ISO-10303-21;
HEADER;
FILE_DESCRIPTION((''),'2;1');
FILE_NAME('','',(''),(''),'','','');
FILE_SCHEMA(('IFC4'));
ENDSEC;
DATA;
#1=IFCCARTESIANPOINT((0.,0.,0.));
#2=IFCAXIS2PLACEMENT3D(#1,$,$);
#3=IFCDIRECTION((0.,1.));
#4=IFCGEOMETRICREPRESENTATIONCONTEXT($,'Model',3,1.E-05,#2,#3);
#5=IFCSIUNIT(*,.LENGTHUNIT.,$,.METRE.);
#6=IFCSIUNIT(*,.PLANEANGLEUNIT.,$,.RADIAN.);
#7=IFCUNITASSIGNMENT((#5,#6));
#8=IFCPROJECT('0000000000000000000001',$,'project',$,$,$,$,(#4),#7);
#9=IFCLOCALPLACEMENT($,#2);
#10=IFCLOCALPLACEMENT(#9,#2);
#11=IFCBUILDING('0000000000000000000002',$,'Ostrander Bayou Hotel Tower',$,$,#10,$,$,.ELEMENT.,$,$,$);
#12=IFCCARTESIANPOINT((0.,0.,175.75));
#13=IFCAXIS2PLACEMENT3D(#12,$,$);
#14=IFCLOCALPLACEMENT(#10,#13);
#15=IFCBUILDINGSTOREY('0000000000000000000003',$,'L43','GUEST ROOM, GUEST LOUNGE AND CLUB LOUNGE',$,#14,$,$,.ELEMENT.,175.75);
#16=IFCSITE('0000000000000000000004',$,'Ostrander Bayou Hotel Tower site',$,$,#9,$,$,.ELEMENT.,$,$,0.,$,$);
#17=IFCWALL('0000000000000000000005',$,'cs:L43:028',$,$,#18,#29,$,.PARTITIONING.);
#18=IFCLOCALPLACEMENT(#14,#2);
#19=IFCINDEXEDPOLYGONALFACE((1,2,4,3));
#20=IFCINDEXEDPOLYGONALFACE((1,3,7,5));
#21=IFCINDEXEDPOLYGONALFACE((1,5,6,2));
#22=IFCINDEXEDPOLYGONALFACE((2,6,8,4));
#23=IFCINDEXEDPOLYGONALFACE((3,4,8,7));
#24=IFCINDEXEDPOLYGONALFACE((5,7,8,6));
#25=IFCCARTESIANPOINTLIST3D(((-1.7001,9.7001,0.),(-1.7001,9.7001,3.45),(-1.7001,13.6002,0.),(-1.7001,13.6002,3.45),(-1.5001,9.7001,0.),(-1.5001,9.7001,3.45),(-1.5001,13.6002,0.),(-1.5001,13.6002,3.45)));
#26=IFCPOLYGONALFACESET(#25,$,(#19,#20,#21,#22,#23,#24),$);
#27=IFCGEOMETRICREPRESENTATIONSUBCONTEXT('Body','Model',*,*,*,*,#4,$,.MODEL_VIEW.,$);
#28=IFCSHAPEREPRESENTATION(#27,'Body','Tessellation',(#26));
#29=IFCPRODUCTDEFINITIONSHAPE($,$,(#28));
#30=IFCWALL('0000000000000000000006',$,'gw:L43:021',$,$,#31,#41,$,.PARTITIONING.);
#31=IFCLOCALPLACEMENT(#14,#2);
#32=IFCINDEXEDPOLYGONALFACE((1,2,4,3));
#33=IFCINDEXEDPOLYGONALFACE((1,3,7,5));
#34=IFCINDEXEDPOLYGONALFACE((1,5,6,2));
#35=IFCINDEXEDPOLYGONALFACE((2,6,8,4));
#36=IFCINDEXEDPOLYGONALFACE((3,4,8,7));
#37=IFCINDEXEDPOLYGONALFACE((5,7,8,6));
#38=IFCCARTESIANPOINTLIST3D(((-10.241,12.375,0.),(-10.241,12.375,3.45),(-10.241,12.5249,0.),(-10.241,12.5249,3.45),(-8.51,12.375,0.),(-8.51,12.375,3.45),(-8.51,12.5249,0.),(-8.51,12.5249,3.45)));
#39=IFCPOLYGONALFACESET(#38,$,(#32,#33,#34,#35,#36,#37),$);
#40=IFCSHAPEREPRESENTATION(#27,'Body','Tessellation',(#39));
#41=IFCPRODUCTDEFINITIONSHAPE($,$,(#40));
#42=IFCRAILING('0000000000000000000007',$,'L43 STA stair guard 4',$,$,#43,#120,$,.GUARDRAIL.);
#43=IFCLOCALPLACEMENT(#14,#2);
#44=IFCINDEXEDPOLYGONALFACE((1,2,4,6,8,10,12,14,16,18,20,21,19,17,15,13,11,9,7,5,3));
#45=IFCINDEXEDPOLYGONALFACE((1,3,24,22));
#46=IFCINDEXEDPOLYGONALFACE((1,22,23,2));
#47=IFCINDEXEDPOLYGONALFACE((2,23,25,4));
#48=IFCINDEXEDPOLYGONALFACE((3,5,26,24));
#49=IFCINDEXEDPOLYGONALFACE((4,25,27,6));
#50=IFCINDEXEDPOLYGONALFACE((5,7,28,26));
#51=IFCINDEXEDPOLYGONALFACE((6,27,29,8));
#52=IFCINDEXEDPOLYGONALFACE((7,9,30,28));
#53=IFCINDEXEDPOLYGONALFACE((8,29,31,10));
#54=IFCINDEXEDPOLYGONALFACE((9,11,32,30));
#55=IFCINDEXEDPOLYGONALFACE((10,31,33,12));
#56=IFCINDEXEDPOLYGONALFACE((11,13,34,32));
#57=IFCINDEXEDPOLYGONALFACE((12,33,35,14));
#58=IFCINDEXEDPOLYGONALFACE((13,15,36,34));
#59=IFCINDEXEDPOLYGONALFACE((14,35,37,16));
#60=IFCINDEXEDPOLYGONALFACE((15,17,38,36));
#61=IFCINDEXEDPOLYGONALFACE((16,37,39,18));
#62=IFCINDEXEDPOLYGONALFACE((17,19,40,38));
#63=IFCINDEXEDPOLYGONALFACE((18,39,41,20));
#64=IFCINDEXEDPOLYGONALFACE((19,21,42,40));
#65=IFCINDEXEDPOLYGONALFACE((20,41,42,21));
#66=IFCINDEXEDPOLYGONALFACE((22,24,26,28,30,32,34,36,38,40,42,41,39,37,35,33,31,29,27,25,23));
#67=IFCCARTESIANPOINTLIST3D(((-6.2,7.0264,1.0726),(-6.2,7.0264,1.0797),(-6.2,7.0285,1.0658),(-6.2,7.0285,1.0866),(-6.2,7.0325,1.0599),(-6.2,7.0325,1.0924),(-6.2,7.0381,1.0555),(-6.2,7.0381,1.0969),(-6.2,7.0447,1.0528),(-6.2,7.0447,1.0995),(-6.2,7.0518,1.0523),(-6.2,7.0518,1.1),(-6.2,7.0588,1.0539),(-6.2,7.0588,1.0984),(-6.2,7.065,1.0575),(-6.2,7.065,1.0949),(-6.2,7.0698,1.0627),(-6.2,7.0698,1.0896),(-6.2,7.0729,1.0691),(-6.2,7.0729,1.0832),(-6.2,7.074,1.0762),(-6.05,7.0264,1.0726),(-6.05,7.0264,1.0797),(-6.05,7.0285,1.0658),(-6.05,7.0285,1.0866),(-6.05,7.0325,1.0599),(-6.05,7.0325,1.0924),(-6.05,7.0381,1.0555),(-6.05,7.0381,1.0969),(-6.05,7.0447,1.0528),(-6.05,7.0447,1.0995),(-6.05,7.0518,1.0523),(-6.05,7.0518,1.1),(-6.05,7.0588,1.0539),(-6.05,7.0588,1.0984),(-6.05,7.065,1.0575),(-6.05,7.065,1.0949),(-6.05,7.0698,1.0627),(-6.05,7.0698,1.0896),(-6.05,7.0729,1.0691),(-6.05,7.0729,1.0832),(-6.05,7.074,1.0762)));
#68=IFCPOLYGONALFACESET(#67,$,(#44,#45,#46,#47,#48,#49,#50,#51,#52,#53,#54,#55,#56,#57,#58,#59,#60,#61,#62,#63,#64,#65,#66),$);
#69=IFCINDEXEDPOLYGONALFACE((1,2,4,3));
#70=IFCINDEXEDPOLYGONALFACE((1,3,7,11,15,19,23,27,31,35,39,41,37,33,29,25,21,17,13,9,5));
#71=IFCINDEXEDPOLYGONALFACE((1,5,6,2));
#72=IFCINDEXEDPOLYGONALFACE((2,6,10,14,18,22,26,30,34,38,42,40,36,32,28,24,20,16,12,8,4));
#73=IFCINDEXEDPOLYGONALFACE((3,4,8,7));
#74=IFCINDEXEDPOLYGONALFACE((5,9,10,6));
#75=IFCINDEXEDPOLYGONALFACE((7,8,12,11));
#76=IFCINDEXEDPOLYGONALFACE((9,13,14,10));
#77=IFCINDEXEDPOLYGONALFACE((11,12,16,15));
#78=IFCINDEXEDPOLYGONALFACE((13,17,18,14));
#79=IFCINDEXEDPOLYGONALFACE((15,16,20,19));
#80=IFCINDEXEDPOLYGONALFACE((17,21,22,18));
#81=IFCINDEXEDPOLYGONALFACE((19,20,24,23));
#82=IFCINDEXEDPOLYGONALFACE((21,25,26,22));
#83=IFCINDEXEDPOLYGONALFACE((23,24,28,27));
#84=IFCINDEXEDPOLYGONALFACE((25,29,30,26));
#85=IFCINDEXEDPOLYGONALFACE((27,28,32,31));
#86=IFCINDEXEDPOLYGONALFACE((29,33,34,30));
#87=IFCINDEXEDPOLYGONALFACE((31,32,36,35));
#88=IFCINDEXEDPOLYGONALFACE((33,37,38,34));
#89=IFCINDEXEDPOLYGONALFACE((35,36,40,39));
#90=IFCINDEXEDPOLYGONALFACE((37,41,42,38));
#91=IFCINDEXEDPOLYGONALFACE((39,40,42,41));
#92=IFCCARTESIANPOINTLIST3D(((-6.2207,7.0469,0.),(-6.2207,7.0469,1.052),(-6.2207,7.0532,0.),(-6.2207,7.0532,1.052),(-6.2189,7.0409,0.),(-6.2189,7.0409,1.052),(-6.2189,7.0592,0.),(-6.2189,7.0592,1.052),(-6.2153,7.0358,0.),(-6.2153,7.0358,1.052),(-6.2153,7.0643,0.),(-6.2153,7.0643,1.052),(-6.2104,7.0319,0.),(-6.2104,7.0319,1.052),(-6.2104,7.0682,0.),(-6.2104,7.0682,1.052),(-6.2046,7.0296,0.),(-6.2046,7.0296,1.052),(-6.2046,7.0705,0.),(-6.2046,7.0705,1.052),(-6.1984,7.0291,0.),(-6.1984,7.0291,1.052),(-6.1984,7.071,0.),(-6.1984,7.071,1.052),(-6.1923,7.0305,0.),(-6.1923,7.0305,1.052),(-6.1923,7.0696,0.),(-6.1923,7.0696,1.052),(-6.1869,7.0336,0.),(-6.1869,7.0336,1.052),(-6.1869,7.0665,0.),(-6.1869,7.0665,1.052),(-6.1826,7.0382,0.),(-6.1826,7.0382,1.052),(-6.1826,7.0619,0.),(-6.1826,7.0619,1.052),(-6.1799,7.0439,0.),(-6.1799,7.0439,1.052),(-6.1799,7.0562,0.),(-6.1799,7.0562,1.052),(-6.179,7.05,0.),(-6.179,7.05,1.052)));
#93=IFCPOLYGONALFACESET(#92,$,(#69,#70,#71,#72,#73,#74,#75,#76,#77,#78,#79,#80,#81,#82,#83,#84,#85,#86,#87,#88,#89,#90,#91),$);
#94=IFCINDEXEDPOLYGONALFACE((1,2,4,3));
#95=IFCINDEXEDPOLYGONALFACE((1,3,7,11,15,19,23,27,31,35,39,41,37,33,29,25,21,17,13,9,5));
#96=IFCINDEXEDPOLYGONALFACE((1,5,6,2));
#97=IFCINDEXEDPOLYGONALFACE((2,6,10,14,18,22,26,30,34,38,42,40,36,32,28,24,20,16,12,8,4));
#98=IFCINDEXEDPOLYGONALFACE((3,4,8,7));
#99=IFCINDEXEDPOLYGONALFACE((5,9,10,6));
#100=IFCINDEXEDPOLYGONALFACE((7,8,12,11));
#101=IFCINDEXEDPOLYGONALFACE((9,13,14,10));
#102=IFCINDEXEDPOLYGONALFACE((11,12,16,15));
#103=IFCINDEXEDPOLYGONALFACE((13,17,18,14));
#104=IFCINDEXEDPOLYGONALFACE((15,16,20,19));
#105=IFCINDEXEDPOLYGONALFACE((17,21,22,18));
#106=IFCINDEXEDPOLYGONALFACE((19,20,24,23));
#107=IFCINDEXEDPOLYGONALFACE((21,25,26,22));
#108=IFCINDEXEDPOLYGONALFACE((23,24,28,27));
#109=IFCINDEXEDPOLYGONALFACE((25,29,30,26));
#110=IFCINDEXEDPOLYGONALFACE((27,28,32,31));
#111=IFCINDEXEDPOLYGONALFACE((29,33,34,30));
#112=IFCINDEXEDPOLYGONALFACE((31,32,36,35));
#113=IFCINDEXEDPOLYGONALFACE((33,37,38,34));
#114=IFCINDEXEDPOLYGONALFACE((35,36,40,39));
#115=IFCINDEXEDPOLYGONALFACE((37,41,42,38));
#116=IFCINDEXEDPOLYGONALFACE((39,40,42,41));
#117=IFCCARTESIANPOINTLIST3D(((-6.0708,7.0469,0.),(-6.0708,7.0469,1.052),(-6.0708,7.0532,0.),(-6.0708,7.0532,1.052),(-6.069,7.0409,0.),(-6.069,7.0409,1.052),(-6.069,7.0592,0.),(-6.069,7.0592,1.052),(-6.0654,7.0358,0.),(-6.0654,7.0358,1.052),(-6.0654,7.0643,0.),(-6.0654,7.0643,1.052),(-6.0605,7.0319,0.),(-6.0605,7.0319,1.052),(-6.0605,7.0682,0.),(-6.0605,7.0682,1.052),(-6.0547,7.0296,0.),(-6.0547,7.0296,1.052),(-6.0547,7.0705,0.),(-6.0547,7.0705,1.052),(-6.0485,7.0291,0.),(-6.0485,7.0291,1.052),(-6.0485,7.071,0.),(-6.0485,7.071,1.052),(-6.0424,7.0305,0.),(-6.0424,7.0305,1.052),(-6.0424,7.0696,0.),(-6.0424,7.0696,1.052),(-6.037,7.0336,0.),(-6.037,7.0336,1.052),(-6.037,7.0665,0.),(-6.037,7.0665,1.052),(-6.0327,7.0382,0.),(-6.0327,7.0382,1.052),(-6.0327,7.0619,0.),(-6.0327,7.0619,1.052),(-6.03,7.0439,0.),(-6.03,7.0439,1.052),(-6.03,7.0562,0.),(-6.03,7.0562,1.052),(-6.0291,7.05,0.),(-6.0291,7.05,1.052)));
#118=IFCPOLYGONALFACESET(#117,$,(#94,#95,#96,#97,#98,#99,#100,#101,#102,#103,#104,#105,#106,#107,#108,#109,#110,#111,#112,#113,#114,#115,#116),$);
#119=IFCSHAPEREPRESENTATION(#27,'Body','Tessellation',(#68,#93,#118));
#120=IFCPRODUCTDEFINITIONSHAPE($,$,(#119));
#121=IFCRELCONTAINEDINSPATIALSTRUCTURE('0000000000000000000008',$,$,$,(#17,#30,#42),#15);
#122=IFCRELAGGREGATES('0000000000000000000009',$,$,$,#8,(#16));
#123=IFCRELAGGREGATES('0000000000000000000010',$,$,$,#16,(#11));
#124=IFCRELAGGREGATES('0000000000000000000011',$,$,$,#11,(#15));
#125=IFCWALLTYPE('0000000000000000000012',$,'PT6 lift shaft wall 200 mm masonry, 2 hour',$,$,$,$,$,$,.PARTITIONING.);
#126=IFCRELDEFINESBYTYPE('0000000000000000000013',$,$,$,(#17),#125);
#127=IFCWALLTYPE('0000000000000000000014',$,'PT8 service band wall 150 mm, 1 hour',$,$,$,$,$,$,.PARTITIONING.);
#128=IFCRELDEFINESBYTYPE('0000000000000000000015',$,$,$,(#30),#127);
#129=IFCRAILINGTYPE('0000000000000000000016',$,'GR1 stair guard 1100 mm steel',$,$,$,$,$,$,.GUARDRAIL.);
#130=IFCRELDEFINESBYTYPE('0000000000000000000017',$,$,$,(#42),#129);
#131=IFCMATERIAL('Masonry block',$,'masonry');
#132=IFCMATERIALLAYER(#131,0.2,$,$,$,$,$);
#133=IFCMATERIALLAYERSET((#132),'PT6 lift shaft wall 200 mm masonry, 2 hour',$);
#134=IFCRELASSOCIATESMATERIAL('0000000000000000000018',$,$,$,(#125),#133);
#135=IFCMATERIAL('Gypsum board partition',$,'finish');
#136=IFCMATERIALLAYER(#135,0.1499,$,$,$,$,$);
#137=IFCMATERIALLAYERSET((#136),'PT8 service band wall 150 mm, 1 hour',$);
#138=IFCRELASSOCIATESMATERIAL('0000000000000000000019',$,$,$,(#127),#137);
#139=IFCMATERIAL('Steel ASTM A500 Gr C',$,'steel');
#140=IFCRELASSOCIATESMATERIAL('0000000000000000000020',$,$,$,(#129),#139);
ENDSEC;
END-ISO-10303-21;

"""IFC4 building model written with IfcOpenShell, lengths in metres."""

from ifc_helpers import new_model, si_unit, direction, frame, frame_2d, origin, origin_2d, place, context, subcontext, project, spatial, rectangle, circle, extrude, material, layer, layer_set, type_object, element, save


model = new_model("IFC4")

# Units and contexts
model_context = context("Model", 3, precision=1e-05, world=origin(), true_north=direction((0.0, 1.0)))
body_context = subcontext(model_context, "Body", "Model", "MODEL_VIEW")
ifc_project = project(units=[si_unit("LENGTHUNIT", "METRE"), si_unit("PLANEANGLEUNIT", "RADIAN")], contexts=[model_context])

# Site, building, storey
site_placement = place(None, origin())
site = spatial("IfcSite", under=ifc_project, at=site_placement, Name="Ostrander Bayou Hotel Tower site", CompositionType="ELEMENT", RefElevation=0.0)
building_placement = place(site_placement, origin())
building = spatial("IfcBuilding", under=site, at=building_placement, Name="Ostrander Bayou Hotel Tower", CompositionType="ELEMENT")
storey_placement = place(building_placement, frame((0.0, 0.0, 175.75)))
storey = spatial("IfcBuildingStorey", under=building, at=storey_placement, Name="L43", Description="GUEST ROOM, GUEST LOUNGE AND CLUB LOUNGE", CompositionType="ELEMENT", Elevation=175.75)

# Walls
ifc_material_1 = material(Name="Masonry block", Category="masonry")
ifc_layer_1 = layer(ifc_material_1, 0.2)
ifc_layer_set_1 = layer_set([ifc_layer_1], Name="PT6 lift shaft wall 200 mm masonry, 2 hour")
wall_type_1 = type_object("IfcWallType", Name="PT6 lift shaft wall 200 mm masonry, 2 hour", PredefinedType="PARTITIONING", material=ifc_layer_set_1)
wall_1_placement = place(storey_placement, frame((-1.6001, 9.7, 0.0), z_axis=(0.0, 0.0, 1.0), x_axis=(0.0, 1.0, 0.0)))
element("IfcWall", 1, at=wall_1_placement, inside=storey, type_object=wall_type_1, Name="cs:L43:028", PredefinedType="PARTITIONING", context=body_context, shape_type="SweptSolid", body=[
    extrude(rectangle(XDim=3.9001, YDim=0.2, at=frame_2d((1.9502, 0.0))), origin(), (0.0, 0.0, 1.0), 3.45),
])
ifc_material_2 = material(Name="Gypsum board partition", Category="finish")
ifc_layer_2 = layer(ifc_material_2, 0.1499)
ifc_layer_set_2 = layer_set([ifc_layer_2], Name="PT8 service band wall 150 mm, 1 hour")
wall_type_2 = type_object("IfcWallType", Name="PT8 service band wall 150 mm, 1 hour", PredefinedType="PARTITIONING", material=ifc_layer_set_2)
wall_2_placement = place(storey_placement, frame((-10.241, 12.45, 0.0), z_axis=(0.0, 0.0, 1.0), x_axis=(1.0, 0.0, 0.0)))
element("IfcWall", 2, at=wall_2_placement, inside=storey, type_object=wall_type_2, Name="gw:L43:021", PredefinedType="PARTITIONING", context=body_context, shape_type="SweptSolid", body=[
    extrude(rectangle(XDim=1.731, YDim=0.1499, at=frame_2d((0.8655, 0.0))), origin(), (0.0, 0.0, 1.0), 3.45),
])

# Railing
ifc_material_3 = material(Name="Steel ASTM A500 Gr C", Category="steel")
railing_type = type_object("IfcRailingType", Name="GR1 stair guard 1100 mm steel", PredefinedType="GUARDRAIL", material=ifc_material_3)
railing_placement = place(storey_placement, frame((-6.2, 7.05, 0.0)))
element("IfcRailing", 3, at=railing_placement, inside=storey, type_object=railing_type, Name="L43 STA stair guard 4", PredefinedType="GUARDRAIL", context=body_context, shape_type="SweptSolid", body=[
    extrude(circle(Radius=0.0239, at=origin_2d()), frame((0.0, 0.0, 1.0762), z_axis=(1.0, 0.0, 0.0), x_axis=(0.0, 1.0, 0.0)), (0.0, 0.0, 1.0), 0.1499),
    extrude(circle(Radius=0.021, at=origin_2d()), origin(), (0.0, 0.0, 1.0), 1.052),
    extrude(circle(Radius=0.021, at=origin_2d()), frame((0.1499, 0.0, 0.0)), (0.0, 0.0, 1.0), 1.052),
])

save(model, "model.ifc")
